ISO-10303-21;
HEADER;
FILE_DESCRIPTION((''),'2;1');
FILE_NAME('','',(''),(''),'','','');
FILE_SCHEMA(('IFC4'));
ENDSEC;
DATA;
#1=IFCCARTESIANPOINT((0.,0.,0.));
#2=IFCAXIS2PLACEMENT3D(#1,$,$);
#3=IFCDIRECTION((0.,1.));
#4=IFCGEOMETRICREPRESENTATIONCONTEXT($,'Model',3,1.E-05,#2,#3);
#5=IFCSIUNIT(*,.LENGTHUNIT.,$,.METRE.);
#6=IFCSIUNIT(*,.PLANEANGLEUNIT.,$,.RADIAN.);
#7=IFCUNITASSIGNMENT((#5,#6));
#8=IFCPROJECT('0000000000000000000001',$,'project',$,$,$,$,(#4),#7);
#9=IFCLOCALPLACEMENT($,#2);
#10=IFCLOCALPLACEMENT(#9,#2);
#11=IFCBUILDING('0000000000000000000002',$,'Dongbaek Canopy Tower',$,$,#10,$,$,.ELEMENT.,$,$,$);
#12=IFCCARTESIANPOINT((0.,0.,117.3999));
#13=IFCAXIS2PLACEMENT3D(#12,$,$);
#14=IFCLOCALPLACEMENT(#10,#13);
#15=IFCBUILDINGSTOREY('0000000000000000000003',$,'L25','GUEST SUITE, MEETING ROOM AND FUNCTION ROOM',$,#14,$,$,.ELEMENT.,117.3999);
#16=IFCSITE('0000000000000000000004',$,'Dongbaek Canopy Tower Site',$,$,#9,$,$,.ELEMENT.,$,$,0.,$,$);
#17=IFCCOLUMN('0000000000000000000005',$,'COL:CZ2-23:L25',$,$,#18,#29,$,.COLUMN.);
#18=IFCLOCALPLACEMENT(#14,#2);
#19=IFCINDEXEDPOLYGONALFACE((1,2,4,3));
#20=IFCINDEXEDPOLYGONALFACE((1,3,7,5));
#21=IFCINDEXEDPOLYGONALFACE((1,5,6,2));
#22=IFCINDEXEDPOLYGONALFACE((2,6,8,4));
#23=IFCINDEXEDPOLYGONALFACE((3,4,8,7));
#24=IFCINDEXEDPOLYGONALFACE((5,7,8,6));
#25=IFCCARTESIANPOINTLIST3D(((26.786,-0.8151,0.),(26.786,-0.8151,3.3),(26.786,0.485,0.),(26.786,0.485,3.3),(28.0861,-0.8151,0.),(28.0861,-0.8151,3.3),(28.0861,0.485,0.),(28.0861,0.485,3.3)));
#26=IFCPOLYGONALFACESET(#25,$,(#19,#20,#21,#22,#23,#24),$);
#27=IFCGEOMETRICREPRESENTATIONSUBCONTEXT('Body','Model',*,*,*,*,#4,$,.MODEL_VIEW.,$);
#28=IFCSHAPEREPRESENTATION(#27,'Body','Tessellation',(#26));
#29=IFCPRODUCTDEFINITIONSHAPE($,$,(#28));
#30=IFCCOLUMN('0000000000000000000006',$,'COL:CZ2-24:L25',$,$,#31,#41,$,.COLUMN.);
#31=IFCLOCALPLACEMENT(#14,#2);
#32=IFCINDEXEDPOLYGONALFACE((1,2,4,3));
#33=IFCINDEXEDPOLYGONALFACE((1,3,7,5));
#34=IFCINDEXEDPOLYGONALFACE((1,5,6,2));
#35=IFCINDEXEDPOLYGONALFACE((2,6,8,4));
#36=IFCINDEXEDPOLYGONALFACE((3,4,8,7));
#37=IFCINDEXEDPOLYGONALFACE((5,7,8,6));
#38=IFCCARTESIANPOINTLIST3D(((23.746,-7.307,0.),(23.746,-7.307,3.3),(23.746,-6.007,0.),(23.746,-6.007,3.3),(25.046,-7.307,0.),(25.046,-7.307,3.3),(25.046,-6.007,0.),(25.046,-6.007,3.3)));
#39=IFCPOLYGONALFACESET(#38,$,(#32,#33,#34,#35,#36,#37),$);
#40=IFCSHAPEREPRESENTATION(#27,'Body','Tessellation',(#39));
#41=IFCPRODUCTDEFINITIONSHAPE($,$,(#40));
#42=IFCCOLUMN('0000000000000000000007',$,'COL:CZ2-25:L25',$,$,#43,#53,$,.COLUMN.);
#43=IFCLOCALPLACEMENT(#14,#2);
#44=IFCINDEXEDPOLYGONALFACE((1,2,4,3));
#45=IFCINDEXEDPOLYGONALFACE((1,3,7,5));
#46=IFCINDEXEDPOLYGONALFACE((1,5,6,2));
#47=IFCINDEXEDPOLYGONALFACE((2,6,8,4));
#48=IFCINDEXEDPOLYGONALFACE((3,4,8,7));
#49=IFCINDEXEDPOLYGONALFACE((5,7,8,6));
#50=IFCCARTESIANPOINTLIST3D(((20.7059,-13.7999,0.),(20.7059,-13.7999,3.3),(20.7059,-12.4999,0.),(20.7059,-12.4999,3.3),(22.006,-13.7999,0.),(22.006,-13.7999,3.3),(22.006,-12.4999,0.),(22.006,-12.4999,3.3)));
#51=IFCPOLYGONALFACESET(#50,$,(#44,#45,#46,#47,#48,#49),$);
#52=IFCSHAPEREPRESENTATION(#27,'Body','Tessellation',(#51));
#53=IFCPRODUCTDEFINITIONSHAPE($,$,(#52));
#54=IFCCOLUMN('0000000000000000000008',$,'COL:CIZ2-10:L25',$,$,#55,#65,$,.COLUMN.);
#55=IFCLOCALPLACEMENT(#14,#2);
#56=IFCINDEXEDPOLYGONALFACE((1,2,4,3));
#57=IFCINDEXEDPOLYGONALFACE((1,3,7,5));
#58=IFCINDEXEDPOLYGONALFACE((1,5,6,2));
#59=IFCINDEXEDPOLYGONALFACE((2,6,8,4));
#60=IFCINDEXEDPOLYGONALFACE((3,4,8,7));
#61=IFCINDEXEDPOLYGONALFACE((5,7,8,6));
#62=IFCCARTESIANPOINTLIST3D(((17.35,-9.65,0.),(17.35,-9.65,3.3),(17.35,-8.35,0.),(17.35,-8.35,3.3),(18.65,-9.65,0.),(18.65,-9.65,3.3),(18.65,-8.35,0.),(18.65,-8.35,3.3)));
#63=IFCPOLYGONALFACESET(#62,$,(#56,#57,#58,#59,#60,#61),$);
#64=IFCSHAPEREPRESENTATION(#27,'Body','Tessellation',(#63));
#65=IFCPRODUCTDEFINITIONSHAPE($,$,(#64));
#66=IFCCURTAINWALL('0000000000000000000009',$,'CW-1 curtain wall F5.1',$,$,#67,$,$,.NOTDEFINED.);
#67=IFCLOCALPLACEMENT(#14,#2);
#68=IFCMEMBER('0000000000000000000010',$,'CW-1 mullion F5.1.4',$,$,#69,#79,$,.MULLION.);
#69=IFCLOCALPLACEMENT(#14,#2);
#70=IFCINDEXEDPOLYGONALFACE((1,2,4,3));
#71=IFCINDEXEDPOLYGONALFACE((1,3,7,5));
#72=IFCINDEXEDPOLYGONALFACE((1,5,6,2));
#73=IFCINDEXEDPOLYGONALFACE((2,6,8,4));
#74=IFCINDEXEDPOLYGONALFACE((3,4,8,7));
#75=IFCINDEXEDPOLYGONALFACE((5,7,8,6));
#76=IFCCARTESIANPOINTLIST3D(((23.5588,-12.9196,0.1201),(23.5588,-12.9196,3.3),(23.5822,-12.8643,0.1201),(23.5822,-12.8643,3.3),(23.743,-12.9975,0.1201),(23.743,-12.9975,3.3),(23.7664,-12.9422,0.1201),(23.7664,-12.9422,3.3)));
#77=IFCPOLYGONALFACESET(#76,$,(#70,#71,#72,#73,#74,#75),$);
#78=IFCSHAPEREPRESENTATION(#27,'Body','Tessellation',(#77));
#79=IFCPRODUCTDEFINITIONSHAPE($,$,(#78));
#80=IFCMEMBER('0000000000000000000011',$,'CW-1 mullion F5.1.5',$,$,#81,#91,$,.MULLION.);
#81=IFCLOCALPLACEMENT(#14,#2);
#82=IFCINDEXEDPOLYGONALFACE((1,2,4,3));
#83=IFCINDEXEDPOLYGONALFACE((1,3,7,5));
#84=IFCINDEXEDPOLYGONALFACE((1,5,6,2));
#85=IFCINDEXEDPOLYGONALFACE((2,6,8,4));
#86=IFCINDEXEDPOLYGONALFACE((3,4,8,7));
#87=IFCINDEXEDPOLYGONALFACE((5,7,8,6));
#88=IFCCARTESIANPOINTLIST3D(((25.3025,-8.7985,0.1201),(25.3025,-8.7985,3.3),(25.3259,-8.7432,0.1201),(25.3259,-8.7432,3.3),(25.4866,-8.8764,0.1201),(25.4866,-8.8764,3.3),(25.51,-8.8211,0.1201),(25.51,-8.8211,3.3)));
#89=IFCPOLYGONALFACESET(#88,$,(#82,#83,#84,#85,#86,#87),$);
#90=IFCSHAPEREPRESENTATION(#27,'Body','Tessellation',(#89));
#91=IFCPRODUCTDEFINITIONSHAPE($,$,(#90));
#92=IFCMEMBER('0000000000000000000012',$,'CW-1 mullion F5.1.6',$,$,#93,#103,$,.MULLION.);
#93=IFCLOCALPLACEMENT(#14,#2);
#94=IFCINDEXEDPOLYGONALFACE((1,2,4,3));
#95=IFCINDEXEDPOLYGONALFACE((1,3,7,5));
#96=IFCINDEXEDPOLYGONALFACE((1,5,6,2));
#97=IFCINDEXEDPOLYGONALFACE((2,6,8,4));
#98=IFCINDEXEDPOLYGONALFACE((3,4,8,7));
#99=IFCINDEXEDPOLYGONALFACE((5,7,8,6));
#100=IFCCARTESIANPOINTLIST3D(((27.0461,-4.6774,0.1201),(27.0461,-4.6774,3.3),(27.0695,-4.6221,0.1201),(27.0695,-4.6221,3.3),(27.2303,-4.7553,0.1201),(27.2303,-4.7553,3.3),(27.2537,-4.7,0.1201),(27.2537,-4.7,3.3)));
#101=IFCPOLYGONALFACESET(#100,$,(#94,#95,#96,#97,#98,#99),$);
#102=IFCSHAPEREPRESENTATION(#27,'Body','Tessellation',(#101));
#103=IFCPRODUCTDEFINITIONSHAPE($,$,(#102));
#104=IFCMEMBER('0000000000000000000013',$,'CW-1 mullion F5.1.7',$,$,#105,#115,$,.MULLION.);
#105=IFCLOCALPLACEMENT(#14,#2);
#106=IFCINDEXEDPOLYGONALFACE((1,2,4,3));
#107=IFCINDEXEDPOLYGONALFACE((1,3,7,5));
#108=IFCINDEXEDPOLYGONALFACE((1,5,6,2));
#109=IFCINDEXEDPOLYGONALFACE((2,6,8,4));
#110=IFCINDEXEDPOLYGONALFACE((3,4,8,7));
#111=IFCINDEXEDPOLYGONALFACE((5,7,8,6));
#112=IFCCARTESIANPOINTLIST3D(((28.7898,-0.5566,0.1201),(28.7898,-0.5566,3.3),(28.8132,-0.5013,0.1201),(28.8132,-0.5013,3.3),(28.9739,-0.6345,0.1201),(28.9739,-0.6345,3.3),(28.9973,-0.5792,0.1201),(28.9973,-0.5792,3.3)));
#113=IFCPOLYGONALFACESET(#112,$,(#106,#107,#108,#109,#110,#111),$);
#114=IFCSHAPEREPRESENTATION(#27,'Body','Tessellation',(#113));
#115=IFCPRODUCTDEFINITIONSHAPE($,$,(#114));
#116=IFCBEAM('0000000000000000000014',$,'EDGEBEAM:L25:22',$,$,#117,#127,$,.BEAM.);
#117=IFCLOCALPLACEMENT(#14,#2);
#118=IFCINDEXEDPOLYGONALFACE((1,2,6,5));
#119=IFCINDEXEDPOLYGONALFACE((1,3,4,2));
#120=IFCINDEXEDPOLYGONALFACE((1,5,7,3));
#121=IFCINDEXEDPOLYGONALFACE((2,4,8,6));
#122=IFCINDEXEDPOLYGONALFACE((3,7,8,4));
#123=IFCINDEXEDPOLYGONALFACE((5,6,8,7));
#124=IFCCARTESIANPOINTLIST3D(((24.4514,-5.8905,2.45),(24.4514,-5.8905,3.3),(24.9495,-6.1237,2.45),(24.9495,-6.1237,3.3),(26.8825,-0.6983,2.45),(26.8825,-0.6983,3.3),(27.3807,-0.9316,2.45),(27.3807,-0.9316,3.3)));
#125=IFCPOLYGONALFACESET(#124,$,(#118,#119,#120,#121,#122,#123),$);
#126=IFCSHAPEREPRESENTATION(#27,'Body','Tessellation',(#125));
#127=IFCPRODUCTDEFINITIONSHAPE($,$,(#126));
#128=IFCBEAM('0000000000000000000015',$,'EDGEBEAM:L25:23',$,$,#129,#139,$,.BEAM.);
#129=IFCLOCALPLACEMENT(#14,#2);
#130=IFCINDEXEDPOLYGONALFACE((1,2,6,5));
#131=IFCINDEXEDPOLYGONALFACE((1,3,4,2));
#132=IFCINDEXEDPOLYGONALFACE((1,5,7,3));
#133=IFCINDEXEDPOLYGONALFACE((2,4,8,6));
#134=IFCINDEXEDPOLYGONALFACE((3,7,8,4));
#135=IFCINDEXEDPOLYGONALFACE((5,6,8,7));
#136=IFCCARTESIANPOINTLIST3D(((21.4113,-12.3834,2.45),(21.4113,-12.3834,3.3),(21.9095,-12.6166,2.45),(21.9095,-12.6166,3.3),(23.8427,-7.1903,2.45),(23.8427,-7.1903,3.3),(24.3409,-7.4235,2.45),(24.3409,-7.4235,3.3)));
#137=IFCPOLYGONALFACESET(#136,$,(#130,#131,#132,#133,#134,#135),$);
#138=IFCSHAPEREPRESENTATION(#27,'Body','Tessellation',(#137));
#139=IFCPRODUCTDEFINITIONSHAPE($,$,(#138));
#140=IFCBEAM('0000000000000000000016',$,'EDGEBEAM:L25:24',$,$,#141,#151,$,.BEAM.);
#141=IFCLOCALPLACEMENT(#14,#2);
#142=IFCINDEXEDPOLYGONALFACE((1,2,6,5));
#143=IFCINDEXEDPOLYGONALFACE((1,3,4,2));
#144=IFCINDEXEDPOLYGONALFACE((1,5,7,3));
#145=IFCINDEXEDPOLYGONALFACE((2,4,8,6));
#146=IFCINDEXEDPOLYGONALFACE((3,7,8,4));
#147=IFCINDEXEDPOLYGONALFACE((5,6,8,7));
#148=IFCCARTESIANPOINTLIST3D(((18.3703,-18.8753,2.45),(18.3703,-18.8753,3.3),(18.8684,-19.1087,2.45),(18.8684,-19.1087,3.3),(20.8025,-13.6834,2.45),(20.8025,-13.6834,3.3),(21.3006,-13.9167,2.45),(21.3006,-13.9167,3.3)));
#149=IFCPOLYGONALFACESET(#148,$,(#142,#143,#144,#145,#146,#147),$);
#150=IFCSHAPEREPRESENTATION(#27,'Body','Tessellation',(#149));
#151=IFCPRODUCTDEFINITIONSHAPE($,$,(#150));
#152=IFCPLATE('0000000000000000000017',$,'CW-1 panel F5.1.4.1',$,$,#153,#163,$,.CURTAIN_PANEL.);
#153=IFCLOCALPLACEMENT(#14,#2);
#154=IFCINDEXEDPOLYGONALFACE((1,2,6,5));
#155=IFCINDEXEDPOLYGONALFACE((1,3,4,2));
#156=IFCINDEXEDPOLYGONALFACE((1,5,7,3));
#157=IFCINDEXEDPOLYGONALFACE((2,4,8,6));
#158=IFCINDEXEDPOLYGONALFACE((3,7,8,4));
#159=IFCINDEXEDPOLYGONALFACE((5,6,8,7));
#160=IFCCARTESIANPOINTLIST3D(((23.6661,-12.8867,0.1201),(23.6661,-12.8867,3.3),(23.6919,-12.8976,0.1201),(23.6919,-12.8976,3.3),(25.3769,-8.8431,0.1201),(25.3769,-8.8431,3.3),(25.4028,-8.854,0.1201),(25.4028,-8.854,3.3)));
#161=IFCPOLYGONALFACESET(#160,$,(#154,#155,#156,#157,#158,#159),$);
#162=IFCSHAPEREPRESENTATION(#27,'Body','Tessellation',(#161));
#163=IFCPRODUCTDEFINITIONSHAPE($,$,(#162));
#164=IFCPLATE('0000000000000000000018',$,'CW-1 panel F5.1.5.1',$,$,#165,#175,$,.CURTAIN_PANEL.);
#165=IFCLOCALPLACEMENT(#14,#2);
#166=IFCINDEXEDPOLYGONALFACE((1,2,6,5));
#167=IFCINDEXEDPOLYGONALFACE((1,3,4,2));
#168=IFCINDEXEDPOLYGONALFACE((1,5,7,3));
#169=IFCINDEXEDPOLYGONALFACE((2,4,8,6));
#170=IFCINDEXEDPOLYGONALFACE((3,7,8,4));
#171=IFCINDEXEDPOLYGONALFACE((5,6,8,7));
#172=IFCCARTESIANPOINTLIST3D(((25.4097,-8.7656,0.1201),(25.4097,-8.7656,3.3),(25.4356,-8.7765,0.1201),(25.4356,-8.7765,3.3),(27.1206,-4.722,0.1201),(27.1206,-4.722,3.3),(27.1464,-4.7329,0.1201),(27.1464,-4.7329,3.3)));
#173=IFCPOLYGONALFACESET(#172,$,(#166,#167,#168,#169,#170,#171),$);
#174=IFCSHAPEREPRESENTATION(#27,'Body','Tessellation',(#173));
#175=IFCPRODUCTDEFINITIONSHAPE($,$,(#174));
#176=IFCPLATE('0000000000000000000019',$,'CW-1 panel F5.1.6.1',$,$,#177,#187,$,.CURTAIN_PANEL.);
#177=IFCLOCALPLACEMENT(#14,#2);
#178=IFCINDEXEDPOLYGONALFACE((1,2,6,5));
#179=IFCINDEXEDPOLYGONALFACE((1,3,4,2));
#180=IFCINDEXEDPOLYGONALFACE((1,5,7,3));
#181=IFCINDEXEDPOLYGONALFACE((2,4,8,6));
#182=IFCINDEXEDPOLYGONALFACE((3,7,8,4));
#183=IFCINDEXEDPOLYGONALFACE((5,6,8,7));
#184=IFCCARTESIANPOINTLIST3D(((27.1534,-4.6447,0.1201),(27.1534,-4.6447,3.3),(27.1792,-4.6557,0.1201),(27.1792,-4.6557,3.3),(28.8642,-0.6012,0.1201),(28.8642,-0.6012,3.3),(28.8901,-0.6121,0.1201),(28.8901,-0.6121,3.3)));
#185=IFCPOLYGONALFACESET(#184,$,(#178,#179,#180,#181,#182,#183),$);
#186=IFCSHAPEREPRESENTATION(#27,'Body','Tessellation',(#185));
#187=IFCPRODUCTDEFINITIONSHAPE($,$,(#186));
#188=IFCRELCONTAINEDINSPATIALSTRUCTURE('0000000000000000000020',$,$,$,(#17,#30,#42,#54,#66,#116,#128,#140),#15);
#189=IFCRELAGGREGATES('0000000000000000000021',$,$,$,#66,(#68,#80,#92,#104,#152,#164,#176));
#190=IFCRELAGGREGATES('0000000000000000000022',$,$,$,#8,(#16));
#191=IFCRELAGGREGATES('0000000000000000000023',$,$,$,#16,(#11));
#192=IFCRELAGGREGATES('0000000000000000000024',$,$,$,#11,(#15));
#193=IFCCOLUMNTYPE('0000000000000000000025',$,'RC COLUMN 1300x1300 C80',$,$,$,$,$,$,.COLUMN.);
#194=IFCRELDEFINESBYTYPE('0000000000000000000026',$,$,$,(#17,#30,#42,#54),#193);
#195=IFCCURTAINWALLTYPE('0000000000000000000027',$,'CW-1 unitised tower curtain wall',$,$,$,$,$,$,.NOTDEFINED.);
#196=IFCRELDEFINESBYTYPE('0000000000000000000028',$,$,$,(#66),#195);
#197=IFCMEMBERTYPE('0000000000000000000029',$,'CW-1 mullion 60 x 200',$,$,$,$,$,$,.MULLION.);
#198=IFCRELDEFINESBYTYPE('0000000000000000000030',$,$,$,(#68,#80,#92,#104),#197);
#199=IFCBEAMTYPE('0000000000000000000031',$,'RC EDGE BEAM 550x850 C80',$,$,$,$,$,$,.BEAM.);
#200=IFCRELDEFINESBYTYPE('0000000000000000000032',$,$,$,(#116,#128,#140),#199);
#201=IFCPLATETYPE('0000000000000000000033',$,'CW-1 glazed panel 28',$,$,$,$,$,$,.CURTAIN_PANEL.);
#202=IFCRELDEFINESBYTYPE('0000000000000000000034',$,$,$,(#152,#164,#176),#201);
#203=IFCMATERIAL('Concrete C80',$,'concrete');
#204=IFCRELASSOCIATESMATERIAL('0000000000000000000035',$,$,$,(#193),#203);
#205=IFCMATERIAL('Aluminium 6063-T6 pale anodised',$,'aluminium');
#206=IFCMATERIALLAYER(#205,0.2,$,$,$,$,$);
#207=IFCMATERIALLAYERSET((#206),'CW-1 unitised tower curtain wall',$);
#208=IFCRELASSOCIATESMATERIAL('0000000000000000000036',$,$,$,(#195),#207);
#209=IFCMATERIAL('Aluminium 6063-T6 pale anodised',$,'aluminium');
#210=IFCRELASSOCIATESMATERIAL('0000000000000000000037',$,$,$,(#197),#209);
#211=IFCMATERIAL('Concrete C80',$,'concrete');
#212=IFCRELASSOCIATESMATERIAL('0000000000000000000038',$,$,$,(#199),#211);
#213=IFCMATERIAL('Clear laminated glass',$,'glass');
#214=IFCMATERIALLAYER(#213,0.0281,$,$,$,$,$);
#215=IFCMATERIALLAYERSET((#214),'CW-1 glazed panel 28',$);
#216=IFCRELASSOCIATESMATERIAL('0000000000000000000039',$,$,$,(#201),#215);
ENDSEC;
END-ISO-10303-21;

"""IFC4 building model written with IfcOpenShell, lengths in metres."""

from ifc_helpers import new_model, si_unit, direction, frame, origin, origin_2d, place, context, subcontext, project, spatial, rectangle, extrude, material, layer, layer_set, material_profile, profile_set, type_object, element, aggregate, save


model = new_model("IFC4")

# Units and contexts
model_context = context("Model", 3, precision=1e-05, world=origin(), true_north=direction((0.0, 1.0)))
body_context = subcontext(model_context, "Body", "Model", "MODEL_VIEW")
ifc_project = project(units=[si_unit("LENGTHUNIT", "METRE"), si_unit("PLANEANGLEUNIT", "RADIAN")], contexts=[model_context])

# Site, building, storey
site_placement = place(None, origin())
site = spatial("IfcSite", under=ifc_project, at=site_placement, Name="Dongbaek Canopy Tower Site", CompositionType="ELEMENT", RefElevation=0.0)
building_placement = place(site_placement, origin())
building = spatial("IfcBuilding", under=site, at=building_placement, Name="Dongbaek Canopy Tower", CompositionType="ELEMENT")
storey_placement = place(building_placement, frame((0.0, 0.0, 117.3999)))
storey = spatial("IfcBuildingStorey", under=building, at=storey_placement, Name="L25", Description="GUEST SUITE, MEETING ROOM AND FUNCTION ROOM", CompositionType="ELEMENT", Elevation=117.3999)

# Columns
ifc_material_1 = material(Name="Concrete C80", Category="concrete")
ifc_material_profile_1 = material_profile(ifc_material_1, rectangle(XDim=1.3, YDim=1.3, at=origin_2d()), Name="RC COLUMN 1300x1300 C80")
ifc_profile_set_1 = profile_set([ifc_material_profile_1], Name="Concrete C80")
column_type = type_object("IfcColumnType", Name="RC COLUMN 1300x1300 C80", PredefinedType="COLUMN", material=ifc_profile_set_1)
for number, where, z_axis, x_axis, name in (
    (1, (27.436, -0.165, 0.0), (0.0, 0.0, 1.0), (1.0, 0.0, 0.0), "COL:CZ2-23:L25"),
    (2, (24.396, -6.657, 0.0), (0.0, 0.0, 1.0), (1.0, 0.0, 0.0), "COL:CZ2-24:L25"),
    (3, (21.356, -13.1499, 0.0), (0.0, 0.0, 1.0), (1.0, 0.0, 0.0), "COL:CZ2-25:L25"),
    (4, (18.0, -9.0, 0.0), (0.0, 0.0, 1.0), (1.0, 0.0, 0.0), "COL:CIZ2-10:L25"),
):
    element("IfcColumn", number, at=place(storey_placement, frame(where, z_axis=z_axis, x_axis=x_axis)), inside=storey, type_object=column_type, Name=name, PredefinedType="COLUMN", context=body_context, shape_type="SweptSolid", body=[
        extrude(rectangle(XDim=1.3, YDim=1.3, at=origin_2d()), origin(), (0.0, 0.0, 1.0), 3.3),
    ])

# Curtain wall, members
ifc_material_2 = material(Name="Aluminium 6063-T6 pale anodised", Category="aluminium")
ifc_layer_1 = layer(ifc_material_2, 0.2)
ifc_layer_set_1 = layer_set([ifc_layer_1], Name="CW-1 unitised tower curtain wall")
curtain_wall_type = type_object("IfcCurtainWallType", Name="CW-1 unitised tower curtain wall", PredefinedType="NOTDEFINED", material=ifc_layer_set_1)
curtain_wall_placement = place(storey_placement, origin())
curtain_wall = element("IfcCurtainWall", 5, at=curtain_wall_placement, inside=storey, type_object=curtain_wall_type, Name="CW-1 curtain wall F5.1", PredefinedType="NOTDEFINED")
ifc_material_3 = material(Name="Aluminium 6063-T6 pale anodised", Category="aluminium")
ifc_material_profile_2 = material_profile(ifc_material_3, rectangle(XDim=0.2, YDim=0.0601, at=origin_2d()), Name="CW-1 mullion 60 x 200")
ifc_profile_set_2 = profile_set([ifc_material_profile_2], Name="Aluminium 6063-T6 pale anodised")
member_type = type_object("IfcMemberType", Name="CW-1 mullion 60 x 200", PredefinedType="MULLION", material=ifc_profile_set_2)
member_1_placement = place(storey_placement, frame((23.6626, -12.9309, 0.1201), z_axis=(0.0, 0.0, 1.0), x_axis=(0.920958, -0.389663, 0.0)))
member_1 = element("IfcMember", 6, at=member_1_placement, type_object=member_type, Name="CW-1 mullion F5.1.4", PredefinedType="MULLION", context=body_context, shape_type="SweptSolid", body=[
    extrude(rectangle(XDim=0.2, YDim=0.0601, at=origin_2d()), origin(), (0.0, 0.0, 1.0), 3.1799),
])
member_2_placement = place(storey_placement, frame((25.4062, -8.8098, 0.1201), z_axis=(0.0, 0.0, 1.0), x_axis=(0.920958, -0.389663, 0.0)))
member_2 = element("IfcMember", 7, at=member_2_placement, type_object=member_type, Name="CW-1 mullion F5.1.5", PredefinedType="MULLION", context=body_context, shape_type="SweptSolid", body=[
    extrude(rectangle(XDim=0.2, YDim=0.0601, at=origin_2d()), origin(), (0.0, 0.0, 1.0), 3.1799),
])
member_3_placement = place(storey_placement, frame((27.1499, -4.6887, 0.1201), z_axis=(0.0, 0.0, 1.0), x_axis=(0.920958, -0.389663, 0.0)))
member_3 = element("IfcMember", 8, at=member_3_placement, type_object=member_type, Name="CW-1 mullion F5.1.6", PredefinedType="MULLION", context=body_context, shape_type="SweptSolid", body=[
    extrude(rectangle(XDim=0.2, YDim=0.0601, at=origin_2d()), origin(), (0.0, 0.0, 1.0), 3.1799),
])
member_4_placement = place(storey_placement, frame((28.8936, -0.5679, 0.1201), z_axis=(0.0, 0.0, 1.0), x_axis=(0.920958, -0.389663, 0.0)))
member_4 = element("IfcMember", 9, at=member_4_placement, type_object=member_type, Name="CW-1 mullion F5.1.7", PredefinedType="MULLION", context=body_context, shape_type="SweptSolid", body=[
    extrude(rectangle(XDim=0.2, YDim=0.0601, at=origin_2d()), origin(), (0.0, 0.0, 1.0), 3.1799),
])

# Beams
ifc_material_4 = material(Name="Concrete C80", Category="concrete")
ifc_material_profile_3 = material_profile(ifc_material_4, rectangle(XDim=0.55, YDim=0.8501, at=origin_2d()), Name="RC EDGE BEAM 550x850 C80")
ifc_profile_set_3 = profile_set([ifc_material_profile_3], Name="Concrete C80")
beam_type = type_object("IfcBeamType", Name="RC EDGE BEAM 550x850 C80", PredefinedType="BEAM", material=ifc_profile_set_3)
beam_1_placement = place(storey_placement, frame((27.1316, -0.8149, 2.875), z_axis=(-0.424053, -0.905637, 0.0), x_axis=(0.905637, -0.424053, 0.0)))
element("IfcBeam", 10, at=beam_1_placement, inside=storey, type_object=beam_type, Name="EDGEBEAM:L25:22", PredefinedType="BEAM", context=body_context, shape_type="SweptSolid", body=[
    extrude(rectangle(XDim=0.55, YDim=0.8501, at=origin_2d()), origin(), (0.0, 0.0, 1.0), 5.7332),
])
beam_2_placement = place(storey_placement, frame((24.0918, -7.3069, 2.875), z_axis=(-0.424023, -0.905652, 0.0), x_axis=(0.905652, -0.424023, 0.0)))
element("IfcBeam", 11, at=beam_2_placement, inside=storey, type_object=beam_type, Name="EDGEBEAM:L25:23", PredefinedType="BEAM", context=body_context, shape_type="SweptSolid", body=[
    extrude(rectangle(XDim=0.55, YDim=0.8501, at=origin_2d()), origin(), (0.0, 0.0, 1.0), 5.7341),
])
beam_3_placement = place(storey_placement, frame((21.0515, -13.8, 2.875), z_axis=(-0.424209, -0.905564, 0.0), x_axis=(0.905564, -0.424209, 0.0)))
element("IfcBeam", 12, at=beam_3_placement, inside=storey, type_object=beam_type, Name="EDGEBEAM:L25:24", PredefinedType="BEAM", context=body_context, shape_type="SweptSolid", body=[
    extrude(rectangle(XDim=0.55, YDim=0.8501, at=origin_2d()), origin(), (0.0, 0.0, 1.0), 5.7334),
])

# Plates
ifc_material_5 = material(Name="Clear laminated glass", Category="glass")
ifc_layer_2 = layer(ifc_material_5, 0.0281)
ifc_layer_set_2 = layer_set([ifc_layer_2], Name="CW-1 glazed panel 28")
plate_type = type_object("IfcPlateType", Name="CW-1 glazed panel 28", PredefinedType="CURTAIN_PANEL", material=ifc_layer_set_2)
plate_1_placement = place(storey_placement, frame((24.5344, -10.8704, 0.1201), z_axis=(0.0, 0.0, 1.0), x_axis=(0.389663, 0.920958, 0.0)))
plate_1 = element("IfcPlate", 13, at=plate_1_placement, type_object=plate_type, Name="CW-1 panel F5.1.4.1", PredefinedType="CURTAIN_PANEL", context=body_context, shape_type="SweptSolid", body=[
    extrude(rectangle(XDim=4.3906, YDim=0.0281, at=origin_2d()), origin(), (0.0, 0.0, 1.0), 3.1799),
])
plate_2_placement = place(storey_placement, frame((26.2781, -6.7493, 0.1201), z_axis=(0.0, 0.0, 1.0), x_axis=(0.389663, 0.920958, 0.0)))
plate_2 = element("IfcPlate", 14, at=plate_2_placement, type_object=plate_type, Name="CW-1 panel F5.1.5.1", PredefinedType="CURTAIN_PANEL", context=body_context, shape_type="SweptSolid", body=[
    extrude(rectangle(XDim=4.3906, YDim=0.0281, at=origin_2d()), origin(), (0.0, 0.0, 1.0), 3.1799),
])
plate_3_placement = place(storey_placement, frame((28.0217, -2.6284, 0.1201), z_axis=(0.0, 0.0, 1.0), x_axis=(0.389663, 0.920958, 0.0)))
plate_3 = element("IfcPlate", 15, at=plate_3_placement, type_object=plate_type, Name="CW-1 panel F5.1.6.1", PredefinedType="CURTAIN_PANEL", context=body_context, shape_type="SweptSolid", body=[
    extrude(rectangle(XDim=4.3906, YDim=0.0281, at=origin_2d()), origin(), (0.0, 0.0, 1.0), 3.1799),
])

aggregate(curtain_wall, [member_1, member_2, member_3, member_4, plate_1, plate_2, plate_3])

save(model, "model.ifc")
